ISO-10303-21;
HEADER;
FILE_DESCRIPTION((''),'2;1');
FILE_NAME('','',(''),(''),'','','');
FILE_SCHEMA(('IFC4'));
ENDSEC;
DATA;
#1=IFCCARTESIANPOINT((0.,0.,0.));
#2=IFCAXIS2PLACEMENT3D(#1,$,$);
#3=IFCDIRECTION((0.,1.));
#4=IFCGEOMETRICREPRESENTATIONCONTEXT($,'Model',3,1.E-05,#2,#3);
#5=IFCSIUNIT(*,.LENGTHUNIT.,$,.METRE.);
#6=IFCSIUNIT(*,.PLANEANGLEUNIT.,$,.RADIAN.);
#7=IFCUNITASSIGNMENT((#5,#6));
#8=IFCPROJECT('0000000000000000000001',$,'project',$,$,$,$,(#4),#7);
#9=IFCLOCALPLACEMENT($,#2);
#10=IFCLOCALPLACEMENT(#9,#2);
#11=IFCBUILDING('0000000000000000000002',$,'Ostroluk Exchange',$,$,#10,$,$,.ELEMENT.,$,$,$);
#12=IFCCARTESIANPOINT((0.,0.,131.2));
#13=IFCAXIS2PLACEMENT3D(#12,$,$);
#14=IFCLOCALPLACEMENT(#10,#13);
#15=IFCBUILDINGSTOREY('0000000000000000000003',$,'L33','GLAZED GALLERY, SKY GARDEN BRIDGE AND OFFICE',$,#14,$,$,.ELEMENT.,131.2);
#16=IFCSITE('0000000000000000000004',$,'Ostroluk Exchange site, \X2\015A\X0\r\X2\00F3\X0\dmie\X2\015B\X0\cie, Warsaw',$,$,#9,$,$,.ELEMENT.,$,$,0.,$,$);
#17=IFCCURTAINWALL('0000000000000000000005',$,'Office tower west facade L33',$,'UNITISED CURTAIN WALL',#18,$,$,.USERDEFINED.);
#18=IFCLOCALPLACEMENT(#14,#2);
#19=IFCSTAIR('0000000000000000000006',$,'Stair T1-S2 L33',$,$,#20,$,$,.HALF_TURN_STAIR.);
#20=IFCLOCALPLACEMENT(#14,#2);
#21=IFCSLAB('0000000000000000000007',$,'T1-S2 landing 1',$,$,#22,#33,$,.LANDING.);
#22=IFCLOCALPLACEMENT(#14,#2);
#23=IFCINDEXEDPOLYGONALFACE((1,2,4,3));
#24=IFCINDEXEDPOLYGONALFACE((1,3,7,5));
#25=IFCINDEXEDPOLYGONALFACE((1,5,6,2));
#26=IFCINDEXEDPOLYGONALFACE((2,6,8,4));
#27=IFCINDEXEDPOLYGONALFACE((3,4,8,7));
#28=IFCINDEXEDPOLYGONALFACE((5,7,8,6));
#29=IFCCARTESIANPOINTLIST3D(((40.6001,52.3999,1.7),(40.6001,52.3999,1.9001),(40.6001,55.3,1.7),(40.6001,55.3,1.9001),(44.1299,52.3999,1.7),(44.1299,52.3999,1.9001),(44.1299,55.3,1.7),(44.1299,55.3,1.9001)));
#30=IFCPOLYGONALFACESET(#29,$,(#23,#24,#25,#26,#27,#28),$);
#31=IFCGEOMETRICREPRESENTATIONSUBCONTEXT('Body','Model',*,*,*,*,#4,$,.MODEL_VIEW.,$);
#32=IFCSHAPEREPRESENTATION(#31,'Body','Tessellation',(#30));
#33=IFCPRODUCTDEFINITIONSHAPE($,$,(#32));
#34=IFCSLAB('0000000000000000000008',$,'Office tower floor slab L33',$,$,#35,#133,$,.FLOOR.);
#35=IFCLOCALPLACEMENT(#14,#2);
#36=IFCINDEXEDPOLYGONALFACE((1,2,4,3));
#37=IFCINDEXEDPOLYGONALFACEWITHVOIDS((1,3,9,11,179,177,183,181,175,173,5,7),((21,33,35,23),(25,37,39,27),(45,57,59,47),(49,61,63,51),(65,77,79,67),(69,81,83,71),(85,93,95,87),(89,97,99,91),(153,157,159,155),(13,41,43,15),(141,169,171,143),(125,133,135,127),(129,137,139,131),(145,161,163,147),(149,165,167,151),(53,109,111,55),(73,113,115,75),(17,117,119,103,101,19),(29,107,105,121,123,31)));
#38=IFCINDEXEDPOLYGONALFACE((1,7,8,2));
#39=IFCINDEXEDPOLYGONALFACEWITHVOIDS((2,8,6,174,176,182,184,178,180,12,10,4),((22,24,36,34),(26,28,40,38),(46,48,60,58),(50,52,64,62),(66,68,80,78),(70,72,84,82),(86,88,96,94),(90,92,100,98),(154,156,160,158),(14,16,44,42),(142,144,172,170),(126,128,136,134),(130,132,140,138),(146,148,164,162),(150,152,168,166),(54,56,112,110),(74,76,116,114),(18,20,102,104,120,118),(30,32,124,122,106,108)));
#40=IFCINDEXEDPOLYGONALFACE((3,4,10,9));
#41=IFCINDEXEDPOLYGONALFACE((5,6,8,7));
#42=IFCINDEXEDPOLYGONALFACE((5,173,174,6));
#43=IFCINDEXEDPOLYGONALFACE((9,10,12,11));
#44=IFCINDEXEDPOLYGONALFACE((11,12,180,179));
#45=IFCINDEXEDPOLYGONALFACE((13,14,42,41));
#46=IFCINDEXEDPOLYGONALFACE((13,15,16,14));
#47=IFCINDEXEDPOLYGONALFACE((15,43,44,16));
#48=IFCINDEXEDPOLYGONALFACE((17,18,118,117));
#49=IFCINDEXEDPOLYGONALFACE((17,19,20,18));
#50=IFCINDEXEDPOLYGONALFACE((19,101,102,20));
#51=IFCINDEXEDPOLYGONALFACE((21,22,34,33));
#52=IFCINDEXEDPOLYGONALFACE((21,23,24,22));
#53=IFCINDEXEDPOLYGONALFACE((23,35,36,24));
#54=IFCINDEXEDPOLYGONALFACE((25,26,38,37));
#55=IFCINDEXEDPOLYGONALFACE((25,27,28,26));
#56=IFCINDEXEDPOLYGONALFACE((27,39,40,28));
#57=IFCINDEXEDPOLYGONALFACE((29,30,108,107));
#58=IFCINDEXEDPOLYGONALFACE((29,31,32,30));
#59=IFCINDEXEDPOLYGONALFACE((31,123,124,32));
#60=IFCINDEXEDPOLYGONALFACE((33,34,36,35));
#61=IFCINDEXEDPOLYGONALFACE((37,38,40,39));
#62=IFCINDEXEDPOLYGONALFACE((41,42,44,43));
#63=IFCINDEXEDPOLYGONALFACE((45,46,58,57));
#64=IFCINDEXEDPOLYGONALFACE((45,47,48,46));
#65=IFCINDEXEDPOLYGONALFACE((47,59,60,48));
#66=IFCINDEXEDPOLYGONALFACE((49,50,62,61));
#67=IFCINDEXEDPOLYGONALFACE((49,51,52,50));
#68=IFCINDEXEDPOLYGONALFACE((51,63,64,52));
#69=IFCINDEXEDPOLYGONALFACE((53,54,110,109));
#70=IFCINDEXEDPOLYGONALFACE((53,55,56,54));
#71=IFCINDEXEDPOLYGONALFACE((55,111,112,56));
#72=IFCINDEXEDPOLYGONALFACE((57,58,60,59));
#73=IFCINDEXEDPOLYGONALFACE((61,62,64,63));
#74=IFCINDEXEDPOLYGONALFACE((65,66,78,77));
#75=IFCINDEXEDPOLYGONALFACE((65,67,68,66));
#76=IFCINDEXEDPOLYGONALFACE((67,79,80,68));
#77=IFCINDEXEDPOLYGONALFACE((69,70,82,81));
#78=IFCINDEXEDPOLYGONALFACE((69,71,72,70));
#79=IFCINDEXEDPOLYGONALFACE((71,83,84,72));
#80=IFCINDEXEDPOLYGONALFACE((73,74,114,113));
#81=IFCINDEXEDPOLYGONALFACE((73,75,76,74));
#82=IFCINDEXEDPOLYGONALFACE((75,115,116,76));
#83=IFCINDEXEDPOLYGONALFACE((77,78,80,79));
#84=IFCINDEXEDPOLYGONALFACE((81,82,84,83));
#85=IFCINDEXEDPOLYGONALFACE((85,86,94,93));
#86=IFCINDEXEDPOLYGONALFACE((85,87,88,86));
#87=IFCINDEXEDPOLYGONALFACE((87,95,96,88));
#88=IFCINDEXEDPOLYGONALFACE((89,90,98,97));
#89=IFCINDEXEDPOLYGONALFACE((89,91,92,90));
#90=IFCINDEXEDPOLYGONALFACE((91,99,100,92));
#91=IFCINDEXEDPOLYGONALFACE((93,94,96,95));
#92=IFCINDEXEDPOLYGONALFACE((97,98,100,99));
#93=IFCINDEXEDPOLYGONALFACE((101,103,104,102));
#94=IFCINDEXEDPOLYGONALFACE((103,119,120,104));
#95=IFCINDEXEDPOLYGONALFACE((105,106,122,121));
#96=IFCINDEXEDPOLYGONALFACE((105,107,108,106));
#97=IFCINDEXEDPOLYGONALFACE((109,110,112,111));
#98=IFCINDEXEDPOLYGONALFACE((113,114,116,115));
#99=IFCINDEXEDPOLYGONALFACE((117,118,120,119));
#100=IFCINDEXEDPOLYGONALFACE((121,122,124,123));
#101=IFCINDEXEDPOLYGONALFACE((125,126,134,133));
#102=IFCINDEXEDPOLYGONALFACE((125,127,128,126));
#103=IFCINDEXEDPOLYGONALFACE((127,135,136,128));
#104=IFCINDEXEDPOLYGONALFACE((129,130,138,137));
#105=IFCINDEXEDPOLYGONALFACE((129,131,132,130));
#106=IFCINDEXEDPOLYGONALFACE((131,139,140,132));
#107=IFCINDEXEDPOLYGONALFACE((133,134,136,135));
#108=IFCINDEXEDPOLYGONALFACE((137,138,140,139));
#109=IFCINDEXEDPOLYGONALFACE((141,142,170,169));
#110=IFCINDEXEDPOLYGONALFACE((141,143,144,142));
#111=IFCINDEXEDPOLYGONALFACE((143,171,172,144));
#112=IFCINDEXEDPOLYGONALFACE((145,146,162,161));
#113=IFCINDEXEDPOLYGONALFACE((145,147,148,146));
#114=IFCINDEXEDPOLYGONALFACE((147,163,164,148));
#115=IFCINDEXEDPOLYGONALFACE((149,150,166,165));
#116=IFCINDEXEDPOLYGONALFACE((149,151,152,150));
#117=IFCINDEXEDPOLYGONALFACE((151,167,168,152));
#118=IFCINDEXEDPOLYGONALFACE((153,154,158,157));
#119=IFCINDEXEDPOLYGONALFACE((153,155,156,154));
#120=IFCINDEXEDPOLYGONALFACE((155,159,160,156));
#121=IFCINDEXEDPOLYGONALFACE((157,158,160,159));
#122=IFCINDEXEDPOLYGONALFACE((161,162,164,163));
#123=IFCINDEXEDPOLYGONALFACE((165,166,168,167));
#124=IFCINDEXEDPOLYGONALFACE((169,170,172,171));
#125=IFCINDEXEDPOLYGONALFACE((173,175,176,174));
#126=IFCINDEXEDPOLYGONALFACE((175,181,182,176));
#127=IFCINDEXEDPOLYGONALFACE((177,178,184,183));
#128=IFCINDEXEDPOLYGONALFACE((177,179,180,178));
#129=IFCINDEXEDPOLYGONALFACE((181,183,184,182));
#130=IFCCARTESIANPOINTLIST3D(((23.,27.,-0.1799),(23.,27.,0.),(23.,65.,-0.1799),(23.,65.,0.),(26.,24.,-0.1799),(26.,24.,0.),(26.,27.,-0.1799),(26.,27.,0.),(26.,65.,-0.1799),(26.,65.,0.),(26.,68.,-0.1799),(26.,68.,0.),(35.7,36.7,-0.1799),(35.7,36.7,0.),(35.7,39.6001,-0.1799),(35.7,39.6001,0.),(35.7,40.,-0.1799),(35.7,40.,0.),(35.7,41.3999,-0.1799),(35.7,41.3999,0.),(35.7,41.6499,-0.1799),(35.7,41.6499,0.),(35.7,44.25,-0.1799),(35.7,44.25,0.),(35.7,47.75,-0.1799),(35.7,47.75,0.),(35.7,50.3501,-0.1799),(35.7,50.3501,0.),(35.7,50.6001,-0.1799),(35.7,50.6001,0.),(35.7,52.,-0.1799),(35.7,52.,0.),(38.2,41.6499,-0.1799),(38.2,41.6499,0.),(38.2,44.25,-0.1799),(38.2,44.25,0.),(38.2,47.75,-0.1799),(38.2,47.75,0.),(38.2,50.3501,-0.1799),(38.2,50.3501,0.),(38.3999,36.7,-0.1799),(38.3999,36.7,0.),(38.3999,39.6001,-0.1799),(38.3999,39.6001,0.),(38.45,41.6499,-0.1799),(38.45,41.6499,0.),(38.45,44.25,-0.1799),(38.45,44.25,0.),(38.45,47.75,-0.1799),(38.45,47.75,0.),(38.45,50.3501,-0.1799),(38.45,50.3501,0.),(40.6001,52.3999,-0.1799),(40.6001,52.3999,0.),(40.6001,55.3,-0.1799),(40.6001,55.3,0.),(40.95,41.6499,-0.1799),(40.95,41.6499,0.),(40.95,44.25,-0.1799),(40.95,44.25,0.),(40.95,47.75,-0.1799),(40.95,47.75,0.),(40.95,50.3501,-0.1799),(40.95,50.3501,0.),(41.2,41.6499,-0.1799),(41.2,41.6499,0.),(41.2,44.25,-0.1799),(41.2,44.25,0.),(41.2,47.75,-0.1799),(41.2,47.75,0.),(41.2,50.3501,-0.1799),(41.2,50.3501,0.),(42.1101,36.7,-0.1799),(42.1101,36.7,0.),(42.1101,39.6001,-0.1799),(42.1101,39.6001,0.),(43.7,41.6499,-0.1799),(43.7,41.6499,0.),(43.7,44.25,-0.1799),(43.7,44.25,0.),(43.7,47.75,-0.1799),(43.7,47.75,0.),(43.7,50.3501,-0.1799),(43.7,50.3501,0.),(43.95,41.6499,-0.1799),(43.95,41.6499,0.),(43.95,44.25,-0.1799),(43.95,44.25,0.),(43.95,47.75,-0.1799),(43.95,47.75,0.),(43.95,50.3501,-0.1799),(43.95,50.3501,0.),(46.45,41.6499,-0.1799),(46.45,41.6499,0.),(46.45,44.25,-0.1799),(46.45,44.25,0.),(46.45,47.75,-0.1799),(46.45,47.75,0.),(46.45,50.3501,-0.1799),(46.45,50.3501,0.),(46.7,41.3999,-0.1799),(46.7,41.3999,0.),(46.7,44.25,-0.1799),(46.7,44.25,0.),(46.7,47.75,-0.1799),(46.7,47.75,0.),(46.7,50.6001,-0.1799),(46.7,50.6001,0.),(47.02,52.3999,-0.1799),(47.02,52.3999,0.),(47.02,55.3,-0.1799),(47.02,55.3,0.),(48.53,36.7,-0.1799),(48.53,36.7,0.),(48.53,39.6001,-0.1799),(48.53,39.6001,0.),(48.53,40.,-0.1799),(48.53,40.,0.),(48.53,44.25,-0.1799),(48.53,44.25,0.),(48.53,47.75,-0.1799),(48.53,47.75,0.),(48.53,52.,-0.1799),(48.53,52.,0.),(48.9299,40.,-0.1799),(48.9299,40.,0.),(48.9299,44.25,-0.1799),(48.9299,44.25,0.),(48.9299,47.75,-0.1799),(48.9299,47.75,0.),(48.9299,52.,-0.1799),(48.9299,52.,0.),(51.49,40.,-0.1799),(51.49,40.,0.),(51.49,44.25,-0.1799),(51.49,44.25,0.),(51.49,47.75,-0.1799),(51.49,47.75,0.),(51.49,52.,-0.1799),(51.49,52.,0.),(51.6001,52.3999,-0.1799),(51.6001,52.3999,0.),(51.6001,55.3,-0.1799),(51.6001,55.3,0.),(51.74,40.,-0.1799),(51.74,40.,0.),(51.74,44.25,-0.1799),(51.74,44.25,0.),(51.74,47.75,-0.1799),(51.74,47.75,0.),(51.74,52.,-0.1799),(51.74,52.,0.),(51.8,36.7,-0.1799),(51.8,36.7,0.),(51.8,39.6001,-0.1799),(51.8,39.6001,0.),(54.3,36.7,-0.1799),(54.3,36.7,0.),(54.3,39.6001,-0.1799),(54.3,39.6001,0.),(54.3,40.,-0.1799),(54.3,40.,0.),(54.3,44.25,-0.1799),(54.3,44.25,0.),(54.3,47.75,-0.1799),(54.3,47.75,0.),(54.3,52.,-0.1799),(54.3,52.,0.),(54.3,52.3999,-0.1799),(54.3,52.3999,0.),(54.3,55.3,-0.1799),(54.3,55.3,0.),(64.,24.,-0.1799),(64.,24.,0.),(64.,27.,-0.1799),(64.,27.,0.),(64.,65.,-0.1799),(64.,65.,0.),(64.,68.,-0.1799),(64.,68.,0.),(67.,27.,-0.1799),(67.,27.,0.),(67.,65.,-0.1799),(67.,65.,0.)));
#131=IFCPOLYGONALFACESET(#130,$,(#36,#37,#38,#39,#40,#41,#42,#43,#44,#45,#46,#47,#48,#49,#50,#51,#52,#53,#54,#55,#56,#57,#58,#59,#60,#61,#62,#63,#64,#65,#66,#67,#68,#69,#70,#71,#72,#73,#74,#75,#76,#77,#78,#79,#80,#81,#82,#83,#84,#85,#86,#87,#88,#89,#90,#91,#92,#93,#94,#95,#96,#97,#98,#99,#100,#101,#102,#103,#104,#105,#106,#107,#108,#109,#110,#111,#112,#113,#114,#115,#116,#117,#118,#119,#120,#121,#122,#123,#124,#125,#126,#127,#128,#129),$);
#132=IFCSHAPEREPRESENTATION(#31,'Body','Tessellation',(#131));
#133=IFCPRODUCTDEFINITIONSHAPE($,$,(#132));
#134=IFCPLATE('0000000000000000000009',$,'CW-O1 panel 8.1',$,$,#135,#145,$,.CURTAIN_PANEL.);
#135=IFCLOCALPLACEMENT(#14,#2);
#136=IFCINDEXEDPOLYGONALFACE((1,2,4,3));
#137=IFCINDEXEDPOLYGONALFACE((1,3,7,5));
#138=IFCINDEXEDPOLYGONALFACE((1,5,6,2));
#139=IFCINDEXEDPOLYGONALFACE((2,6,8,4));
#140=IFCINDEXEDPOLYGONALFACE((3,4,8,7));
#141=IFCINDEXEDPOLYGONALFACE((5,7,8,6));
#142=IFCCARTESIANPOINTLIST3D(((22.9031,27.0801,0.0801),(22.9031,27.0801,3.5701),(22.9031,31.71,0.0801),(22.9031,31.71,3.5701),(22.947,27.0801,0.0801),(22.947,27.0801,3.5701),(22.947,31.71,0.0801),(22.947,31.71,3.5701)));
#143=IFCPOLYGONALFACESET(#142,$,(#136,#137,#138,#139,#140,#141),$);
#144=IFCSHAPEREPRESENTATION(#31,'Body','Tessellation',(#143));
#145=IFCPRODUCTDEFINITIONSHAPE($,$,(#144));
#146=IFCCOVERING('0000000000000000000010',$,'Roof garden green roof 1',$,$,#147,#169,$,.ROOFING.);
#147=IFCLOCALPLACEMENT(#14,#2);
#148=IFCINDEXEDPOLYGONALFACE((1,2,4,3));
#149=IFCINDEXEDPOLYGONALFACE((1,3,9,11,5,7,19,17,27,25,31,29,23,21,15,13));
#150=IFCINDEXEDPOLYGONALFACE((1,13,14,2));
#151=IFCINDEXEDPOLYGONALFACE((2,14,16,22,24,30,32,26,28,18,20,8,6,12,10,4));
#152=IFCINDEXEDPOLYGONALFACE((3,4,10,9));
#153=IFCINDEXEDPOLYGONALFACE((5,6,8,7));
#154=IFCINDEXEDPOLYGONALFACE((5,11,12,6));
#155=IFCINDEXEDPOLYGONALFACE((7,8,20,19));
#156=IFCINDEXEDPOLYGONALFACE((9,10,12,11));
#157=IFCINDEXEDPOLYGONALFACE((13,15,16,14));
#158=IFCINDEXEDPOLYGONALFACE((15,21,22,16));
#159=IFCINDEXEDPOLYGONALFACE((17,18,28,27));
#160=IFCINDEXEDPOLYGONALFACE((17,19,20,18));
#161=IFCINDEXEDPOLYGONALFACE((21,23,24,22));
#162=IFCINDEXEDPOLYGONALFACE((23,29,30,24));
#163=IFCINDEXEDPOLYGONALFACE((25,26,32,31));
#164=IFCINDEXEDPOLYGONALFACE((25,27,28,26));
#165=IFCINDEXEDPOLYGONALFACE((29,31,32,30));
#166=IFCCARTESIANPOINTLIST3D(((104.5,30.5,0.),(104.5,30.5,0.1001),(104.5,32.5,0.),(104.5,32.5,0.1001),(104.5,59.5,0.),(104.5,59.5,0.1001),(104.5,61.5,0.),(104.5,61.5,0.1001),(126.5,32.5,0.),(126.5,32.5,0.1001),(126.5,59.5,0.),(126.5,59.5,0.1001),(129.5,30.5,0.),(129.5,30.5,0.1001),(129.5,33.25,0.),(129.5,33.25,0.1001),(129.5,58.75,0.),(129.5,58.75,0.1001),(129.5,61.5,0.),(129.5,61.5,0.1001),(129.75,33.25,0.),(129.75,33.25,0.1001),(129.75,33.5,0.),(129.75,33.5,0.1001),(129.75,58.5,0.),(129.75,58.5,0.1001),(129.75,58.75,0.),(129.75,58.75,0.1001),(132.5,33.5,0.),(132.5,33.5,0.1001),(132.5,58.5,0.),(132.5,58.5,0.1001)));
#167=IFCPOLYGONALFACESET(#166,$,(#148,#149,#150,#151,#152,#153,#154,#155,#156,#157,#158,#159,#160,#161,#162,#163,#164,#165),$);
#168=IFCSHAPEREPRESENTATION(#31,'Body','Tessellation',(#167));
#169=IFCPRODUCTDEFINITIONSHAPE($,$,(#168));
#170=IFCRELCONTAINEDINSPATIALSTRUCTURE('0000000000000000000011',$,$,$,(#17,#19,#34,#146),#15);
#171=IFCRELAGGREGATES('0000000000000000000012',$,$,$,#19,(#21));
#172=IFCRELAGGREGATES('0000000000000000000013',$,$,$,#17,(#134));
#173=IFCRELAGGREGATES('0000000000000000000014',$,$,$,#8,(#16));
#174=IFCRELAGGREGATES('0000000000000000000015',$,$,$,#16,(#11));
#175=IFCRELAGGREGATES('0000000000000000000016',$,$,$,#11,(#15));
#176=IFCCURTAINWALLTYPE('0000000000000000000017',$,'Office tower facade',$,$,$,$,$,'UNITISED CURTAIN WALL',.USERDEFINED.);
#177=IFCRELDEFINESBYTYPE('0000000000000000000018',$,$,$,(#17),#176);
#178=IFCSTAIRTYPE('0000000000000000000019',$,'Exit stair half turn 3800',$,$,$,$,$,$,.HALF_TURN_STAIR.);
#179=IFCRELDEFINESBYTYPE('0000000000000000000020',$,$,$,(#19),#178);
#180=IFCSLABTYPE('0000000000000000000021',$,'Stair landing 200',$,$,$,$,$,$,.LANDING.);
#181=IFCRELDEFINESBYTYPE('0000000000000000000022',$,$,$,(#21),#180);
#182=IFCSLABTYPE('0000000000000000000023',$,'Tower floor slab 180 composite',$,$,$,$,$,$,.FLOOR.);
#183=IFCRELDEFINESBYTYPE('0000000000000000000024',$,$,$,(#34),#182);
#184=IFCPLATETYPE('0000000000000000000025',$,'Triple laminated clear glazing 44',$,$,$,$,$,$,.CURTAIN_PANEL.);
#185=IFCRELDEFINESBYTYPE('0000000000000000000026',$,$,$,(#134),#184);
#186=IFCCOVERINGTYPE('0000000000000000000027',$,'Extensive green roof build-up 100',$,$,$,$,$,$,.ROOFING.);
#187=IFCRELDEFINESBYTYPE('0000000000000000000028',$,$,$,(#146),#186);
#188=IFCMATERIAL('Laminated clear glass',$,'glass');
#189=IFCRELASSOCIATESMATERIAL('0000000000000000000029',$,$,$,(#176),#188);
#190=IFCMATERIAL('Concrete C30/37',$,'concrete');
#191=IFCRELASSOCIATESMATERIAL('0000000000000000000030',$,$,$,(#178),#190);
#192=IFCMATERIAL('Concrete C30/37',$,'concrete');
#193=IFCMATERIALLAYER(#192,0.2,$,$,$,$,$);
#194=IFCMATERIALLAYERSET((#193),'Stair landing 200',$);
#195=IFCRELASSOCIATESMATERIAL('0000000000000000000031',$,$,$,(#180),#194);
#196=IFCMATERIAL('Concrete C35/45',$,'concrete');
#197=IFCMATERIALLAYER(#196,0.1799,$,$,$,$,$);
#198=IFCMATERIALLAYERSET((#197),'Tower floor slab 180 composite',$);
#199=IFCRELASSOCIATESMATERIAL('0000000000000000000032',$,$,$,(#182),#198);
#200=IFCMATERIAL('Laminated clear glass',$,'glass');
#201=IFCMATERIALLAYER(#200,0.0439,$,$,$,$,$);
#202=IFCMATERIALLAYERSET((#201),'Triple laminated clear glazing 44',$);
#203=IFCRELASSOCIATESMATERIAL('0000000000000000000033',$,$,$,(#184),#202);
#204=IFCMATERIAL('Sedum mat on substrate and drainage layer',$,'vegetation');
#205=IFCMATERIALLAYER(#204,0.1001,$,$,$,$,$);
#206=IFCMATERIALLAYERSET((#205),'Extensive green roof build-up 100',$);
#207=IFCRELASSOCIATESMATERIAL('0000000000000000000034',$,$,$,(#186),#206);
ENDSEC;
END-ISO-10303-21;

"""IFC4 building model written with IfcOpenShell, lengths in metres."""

from ifc_helpers import new_model, si_unit, direction, frame, origin, origin_2d, place, context, subcontext, project, spatial, polyline, rectangle, outline, extrude, material, layer, layer_set, type_object, element, aggregate, save


model = new_model("IFC4")

# Units and contexts
model_context = context("Model", 3, precision=1e-05, world=origin(), true_north=direction((0.0, 1.0)))
body_context = subcontext(model_context, "Body", "Model", "MODEL_VIEW")
ifc_project = project(units=[si_unit("LENGTHUNIT", "METRE"), si_unit("PLANEANGLEUNIT", "RADIAN")], contexts=[model_context])

# Site, building, storey
site_placement = place(None, origin())
site = spatial("IfcSite", under=ifc_project, at=site_placement, Name="Ostroluk Exchange site, Śródmieście, Warsaw", CompositionType="ELEMENT", RefElevation=0.0)
building_placement = place(site_placement, origin())
building = spatial("IfcBuilding", under=site, at=building_placement, Name="Ostroluk Exchange", CompositionType="ELEMENT")
storey_placement = place(building_placement, frame((0.0, 0.0, 131.2)))
storey = spatial("IfcBuildingStorey", under=building, at=storey_placement, Name="L33", Description="GLAZED GALLERY, SKY GARDEN BRIDGE AND OFFICE", CompositionType="ELEMENT", Elevation=131.2)

# Curtain wall
ifc_material_1 = material(Name="Laminated clear glass", Category="glass")
curtain_wall_type = type_object("IfcCurtainWallType", Name="Office tower facade", ElementType="UNITISED CURTAIN WALL", PredefinedType="USERDEFINED", material=ifc_material_1)
curtain_wall_placement = place(storey_placement, origin())
curtain_wall = element("IfcCurtainWall", 1, at=curtain_wall_placement, inside=storey, type_object=curtain_wall_type, Name="Office tower west facade L33", ObjectType="UNITISED CURTAIN WALL", PredefinedType="USERDEFINED")

# Stair, slab
ifc_material_2 = material(Name="Concrete C30/37", Category="concrete")
stair_type = type_object("IfcStairType", Name="Exit stair half turn 3800", PredefinedType="HALF_TURN_STAIR", material=ifc_material_2)
ifc_material_3 = material(Name="Concrete C30/37", Category="concrete")
ifc_layer_1 = layer(ifc_material_3, 0.2)
ifc_layer_set_1 = layer_set([ifc_layer_1], Name="Stair landing 200")
slab_type_1 = type_object("IfcSlabType", Name="Stair landing 200", PredefinedType="LANDING", material=ifc_layer_set_1)
stair_1_placement = place(storey_placement, origin())
stair_1 = element("IfcStair", 2, at=stair_1_placement, inside=storey, type_object=stair_type, Name="Stair T1-S2 L33", PredefinedType="HALF_TURN_STAIR")
slab_1_placement = place(storey_placement, frame((0.0, 0.0, 1.7)))
slab_1 = element("IfcSlab", 3, at=slab_1_placement, type_object=slab_type_1, Name="T1-S2 landing 1", PredefinedType="LANDING", context=body_context, shape_type="SweptSolid", body=[
    extrude(outline(polyline([(44.1299, 52.3999), (44.1299, 55.3), (40.6001, 55.3), (40.6001, 52.3999), (44.1299, 52.3999)])), origin(), (0.0, 0.0, 1.0), 0.2002),
])
aggregate(stair_1, [slab_1])

# Slab
ifc_material_4 = material(Name="Concrete C35/45", Category="concrete")
ifc_layer_2 = layer(ifc_material_4, 0.1799)
ifc_layer_set_2 = layer_set([ifc_layer_2], Name="Tower floor slab 180 composite")
slab_type_2 = type_object("IfcSlabType", Name="Tower floor slab 180 composite", PredefinedType="FLOOR", material=ifc_layer_set_2)
slab_2_placement = place(storey_placement, frame((0.0, 0.0, -0.1799)))
element("IfcSlab", 4, at=slab_2_placement, inside=storey, type_object=slab_type_2, Name="Office tower floor slab L33", PredefinedType="FLOOR", context=body_context, shape_type="SweptSolid", body=[
    extrude(outline(polyline([(26.0, 24.0), (64.0, 24.0), (64.0, 27.0), (67.0, 27.0), (67.0, 65.0), (64.0, 65.0), (64.0, 68.0), (26.0, 68.0), (26.0, 65.0), (23.0, 65.0), (23.0, 27.0), (26.0, 27.0), (26.0, 24.0)]), holes=[polyline([(35.7, 36.7), (38.3999, 36.7), (38.3999, 39.6001), (35.7, 39.6001), (35.7, 36.7)]), polyline([(42.1101, 36.7), (48.53, 36.7), (48.53, 39.6001), (42.1101, 39.6001), (42.1101, 36.7)]), polyline([(51.8, 36.7), (54.3, 36.7), (54.3, 39.6001), (51.8, 39.6001), (51.8, 36.7)]), polyline([(40.6001, 52.3999), (47.02, 52.3999), (47.02, 55.3), (40.6001, 55.3), (40.6001, 52.3999)]), polyline([(51.6001, 52.3999), (54.3, 52.3999), (54.3, 55.3), (51.6001, 55.3), (51.6001, 52.3999)]), polyline([(35.7, 47.75), (38.2, 47.75), (38.2, 50.3501), (35.7, 50.3501), (35.7, 47.75)]), polyline([(38.45, 47.75), (40.95, 47.75), (40.95, 50.3501), (38.45, 50.3501), (38.45, 47.75)]), polyline([(41.2, 47.75), (43.7, 47.75), (43.7, 50.3501), (41.2, 50.3501), (41.2, 47.75)]), polyline([(43.95, 47.75), (46.45, 47.75), (46.45, 50.3501), (43.95, 50.3501), (43.95, 47.75)]), polyline([(35.7, 41.6499), (38.2, 41.6499), (38.2, 44.25), (35.7, 44.25), (35.7, 41.6499)]), polyline([(38.45, 41.6499), (40.95, 41.6499), (40.95, 44.25), (38.45, 44.25), (38.45, 41.6499)]), polyline([(41.2, 41.6499), (43.7, 41.6499), (43.7, 44.25), (41.2, 44.25), (41.2, 41.6499)]), polyline([(43.95, 41.6499), (46.45, 41.6499), (46.45, 44.25), (43.95, 44.25), (43.95, 41.6499)]), polyline([(48.9299, 47.75), (51.49, 47.75), (51.49, 52.0), (48.9299, 52.0), (48.9299, 47.75)]), polyline([(51.74, 47.75), (54.3, 47.75), (54.3, 52.0), (51.74, 52.0), (51.74, 47.75)]), polyline([(48.9299, 40.0), (51.49, 40.0), (51.49, 44.25), (48.9299, 44.25), (48.9299, 40.0)]), polyline([(51.74, 40.0), (54.3, 40.0), (54.3, 44.25), (51.74, 44.25), (51.74, 40.0)]), polyline([(48.53, 52.0), (48.53, 47.75), (46.7, 47.75), (46.7, 50.6001), (35.7, 50.6001), (35.7, 52.0), (48.53, 52.0)]), polyline([(35.7, 40.0), (35.7, 41.3999), (46.7, 41.3999), (46.7, 44.25), (48.53, 44.25), (48.53, 40.0), (35.7, 40.0)])]), origin(), (0.0, 0.0, 1.0), 0.1799),
])

# Plate
ifc_material_5 = material(Name="Laminated clear glass", Category="glass")
ifc_layer_3 = layer(ifc_material_5, 0.0439)
ifc_layer_set_3 = layer_set([ifc_layer_3], Name="Triple laminated clear glazing 44")
plate_type_1 = type_object("IfcPlateType", Name="Triple laminated clear glazing 44", PredefinedType="CURTAIN_PANEL", material=ifc_layer_set_3)
plate_1_placement = place(storey_placement, frame((22.925, 29.395, 0.0801), z_axis=(0.0, 0.0, 1.0), x_axis=(0.0, -1.0, 0.0)))
plate_1 = element("IfcPlate", 5, at=plate_1_placement, type_object=plate_type_1, Name="CW-O1 panel 8.1", PredefinedType="CURTAIN_PANEL", context=body_context, shape_type="SweptSolid", body=[
    extrude(rectangle(XDim=4.6299, YDim=0.0439, at=origin_2d()), origin(), (0.0, 0.0, 1.0), 3.49),
])
aggregate(curtain_wall, [plate_1])

# Covering
ifc_material_6 = material(Name="Sedum mat on substrate and drainage layer", Category="vegetation")
ifc_layer_4 = layer(ifc_material_6, 0.1001)
ifc_layer_set_4 = layer_set([ifc_layer_4], Name="Extensive green roof build-up 100")
covering_type_1 = type_object("IfcCoveringType", Name="Extensive green roof build-up 100", PredefinedType="ROOFING", material=ifc_layer_set_4)
covering_1_placement = place(storey_placement, origin())
element("IfcCovering", 6, at=covering_1_placement, inside=storey, type_object=covering_type_1, Name="Roof garden green roof 1", PredefinedType="ROOFING", context=body_context, shape_type="SweptSolid", body=[
    extrude(outline(polyline([(126.5, 32.5), (126.5, 59.5), (104.5, 59.5), (104.5, 61.5), (129.5, 61.5), (129.5, 58.75), (129.75, 58.75), (129.75, 58.5), (132.5, 58.5), (132.5, 33.5), (129.75, 33.5), (129.75, 33.25), (129.5, 33.25), (129.5, 30.5), (104.5, 30.5), (104.5, 32.5), (126.5, 32.5)])), origin(), (0.0, 0.0, 1.0), 0.1001),
])

save(model, "model.ifc")
